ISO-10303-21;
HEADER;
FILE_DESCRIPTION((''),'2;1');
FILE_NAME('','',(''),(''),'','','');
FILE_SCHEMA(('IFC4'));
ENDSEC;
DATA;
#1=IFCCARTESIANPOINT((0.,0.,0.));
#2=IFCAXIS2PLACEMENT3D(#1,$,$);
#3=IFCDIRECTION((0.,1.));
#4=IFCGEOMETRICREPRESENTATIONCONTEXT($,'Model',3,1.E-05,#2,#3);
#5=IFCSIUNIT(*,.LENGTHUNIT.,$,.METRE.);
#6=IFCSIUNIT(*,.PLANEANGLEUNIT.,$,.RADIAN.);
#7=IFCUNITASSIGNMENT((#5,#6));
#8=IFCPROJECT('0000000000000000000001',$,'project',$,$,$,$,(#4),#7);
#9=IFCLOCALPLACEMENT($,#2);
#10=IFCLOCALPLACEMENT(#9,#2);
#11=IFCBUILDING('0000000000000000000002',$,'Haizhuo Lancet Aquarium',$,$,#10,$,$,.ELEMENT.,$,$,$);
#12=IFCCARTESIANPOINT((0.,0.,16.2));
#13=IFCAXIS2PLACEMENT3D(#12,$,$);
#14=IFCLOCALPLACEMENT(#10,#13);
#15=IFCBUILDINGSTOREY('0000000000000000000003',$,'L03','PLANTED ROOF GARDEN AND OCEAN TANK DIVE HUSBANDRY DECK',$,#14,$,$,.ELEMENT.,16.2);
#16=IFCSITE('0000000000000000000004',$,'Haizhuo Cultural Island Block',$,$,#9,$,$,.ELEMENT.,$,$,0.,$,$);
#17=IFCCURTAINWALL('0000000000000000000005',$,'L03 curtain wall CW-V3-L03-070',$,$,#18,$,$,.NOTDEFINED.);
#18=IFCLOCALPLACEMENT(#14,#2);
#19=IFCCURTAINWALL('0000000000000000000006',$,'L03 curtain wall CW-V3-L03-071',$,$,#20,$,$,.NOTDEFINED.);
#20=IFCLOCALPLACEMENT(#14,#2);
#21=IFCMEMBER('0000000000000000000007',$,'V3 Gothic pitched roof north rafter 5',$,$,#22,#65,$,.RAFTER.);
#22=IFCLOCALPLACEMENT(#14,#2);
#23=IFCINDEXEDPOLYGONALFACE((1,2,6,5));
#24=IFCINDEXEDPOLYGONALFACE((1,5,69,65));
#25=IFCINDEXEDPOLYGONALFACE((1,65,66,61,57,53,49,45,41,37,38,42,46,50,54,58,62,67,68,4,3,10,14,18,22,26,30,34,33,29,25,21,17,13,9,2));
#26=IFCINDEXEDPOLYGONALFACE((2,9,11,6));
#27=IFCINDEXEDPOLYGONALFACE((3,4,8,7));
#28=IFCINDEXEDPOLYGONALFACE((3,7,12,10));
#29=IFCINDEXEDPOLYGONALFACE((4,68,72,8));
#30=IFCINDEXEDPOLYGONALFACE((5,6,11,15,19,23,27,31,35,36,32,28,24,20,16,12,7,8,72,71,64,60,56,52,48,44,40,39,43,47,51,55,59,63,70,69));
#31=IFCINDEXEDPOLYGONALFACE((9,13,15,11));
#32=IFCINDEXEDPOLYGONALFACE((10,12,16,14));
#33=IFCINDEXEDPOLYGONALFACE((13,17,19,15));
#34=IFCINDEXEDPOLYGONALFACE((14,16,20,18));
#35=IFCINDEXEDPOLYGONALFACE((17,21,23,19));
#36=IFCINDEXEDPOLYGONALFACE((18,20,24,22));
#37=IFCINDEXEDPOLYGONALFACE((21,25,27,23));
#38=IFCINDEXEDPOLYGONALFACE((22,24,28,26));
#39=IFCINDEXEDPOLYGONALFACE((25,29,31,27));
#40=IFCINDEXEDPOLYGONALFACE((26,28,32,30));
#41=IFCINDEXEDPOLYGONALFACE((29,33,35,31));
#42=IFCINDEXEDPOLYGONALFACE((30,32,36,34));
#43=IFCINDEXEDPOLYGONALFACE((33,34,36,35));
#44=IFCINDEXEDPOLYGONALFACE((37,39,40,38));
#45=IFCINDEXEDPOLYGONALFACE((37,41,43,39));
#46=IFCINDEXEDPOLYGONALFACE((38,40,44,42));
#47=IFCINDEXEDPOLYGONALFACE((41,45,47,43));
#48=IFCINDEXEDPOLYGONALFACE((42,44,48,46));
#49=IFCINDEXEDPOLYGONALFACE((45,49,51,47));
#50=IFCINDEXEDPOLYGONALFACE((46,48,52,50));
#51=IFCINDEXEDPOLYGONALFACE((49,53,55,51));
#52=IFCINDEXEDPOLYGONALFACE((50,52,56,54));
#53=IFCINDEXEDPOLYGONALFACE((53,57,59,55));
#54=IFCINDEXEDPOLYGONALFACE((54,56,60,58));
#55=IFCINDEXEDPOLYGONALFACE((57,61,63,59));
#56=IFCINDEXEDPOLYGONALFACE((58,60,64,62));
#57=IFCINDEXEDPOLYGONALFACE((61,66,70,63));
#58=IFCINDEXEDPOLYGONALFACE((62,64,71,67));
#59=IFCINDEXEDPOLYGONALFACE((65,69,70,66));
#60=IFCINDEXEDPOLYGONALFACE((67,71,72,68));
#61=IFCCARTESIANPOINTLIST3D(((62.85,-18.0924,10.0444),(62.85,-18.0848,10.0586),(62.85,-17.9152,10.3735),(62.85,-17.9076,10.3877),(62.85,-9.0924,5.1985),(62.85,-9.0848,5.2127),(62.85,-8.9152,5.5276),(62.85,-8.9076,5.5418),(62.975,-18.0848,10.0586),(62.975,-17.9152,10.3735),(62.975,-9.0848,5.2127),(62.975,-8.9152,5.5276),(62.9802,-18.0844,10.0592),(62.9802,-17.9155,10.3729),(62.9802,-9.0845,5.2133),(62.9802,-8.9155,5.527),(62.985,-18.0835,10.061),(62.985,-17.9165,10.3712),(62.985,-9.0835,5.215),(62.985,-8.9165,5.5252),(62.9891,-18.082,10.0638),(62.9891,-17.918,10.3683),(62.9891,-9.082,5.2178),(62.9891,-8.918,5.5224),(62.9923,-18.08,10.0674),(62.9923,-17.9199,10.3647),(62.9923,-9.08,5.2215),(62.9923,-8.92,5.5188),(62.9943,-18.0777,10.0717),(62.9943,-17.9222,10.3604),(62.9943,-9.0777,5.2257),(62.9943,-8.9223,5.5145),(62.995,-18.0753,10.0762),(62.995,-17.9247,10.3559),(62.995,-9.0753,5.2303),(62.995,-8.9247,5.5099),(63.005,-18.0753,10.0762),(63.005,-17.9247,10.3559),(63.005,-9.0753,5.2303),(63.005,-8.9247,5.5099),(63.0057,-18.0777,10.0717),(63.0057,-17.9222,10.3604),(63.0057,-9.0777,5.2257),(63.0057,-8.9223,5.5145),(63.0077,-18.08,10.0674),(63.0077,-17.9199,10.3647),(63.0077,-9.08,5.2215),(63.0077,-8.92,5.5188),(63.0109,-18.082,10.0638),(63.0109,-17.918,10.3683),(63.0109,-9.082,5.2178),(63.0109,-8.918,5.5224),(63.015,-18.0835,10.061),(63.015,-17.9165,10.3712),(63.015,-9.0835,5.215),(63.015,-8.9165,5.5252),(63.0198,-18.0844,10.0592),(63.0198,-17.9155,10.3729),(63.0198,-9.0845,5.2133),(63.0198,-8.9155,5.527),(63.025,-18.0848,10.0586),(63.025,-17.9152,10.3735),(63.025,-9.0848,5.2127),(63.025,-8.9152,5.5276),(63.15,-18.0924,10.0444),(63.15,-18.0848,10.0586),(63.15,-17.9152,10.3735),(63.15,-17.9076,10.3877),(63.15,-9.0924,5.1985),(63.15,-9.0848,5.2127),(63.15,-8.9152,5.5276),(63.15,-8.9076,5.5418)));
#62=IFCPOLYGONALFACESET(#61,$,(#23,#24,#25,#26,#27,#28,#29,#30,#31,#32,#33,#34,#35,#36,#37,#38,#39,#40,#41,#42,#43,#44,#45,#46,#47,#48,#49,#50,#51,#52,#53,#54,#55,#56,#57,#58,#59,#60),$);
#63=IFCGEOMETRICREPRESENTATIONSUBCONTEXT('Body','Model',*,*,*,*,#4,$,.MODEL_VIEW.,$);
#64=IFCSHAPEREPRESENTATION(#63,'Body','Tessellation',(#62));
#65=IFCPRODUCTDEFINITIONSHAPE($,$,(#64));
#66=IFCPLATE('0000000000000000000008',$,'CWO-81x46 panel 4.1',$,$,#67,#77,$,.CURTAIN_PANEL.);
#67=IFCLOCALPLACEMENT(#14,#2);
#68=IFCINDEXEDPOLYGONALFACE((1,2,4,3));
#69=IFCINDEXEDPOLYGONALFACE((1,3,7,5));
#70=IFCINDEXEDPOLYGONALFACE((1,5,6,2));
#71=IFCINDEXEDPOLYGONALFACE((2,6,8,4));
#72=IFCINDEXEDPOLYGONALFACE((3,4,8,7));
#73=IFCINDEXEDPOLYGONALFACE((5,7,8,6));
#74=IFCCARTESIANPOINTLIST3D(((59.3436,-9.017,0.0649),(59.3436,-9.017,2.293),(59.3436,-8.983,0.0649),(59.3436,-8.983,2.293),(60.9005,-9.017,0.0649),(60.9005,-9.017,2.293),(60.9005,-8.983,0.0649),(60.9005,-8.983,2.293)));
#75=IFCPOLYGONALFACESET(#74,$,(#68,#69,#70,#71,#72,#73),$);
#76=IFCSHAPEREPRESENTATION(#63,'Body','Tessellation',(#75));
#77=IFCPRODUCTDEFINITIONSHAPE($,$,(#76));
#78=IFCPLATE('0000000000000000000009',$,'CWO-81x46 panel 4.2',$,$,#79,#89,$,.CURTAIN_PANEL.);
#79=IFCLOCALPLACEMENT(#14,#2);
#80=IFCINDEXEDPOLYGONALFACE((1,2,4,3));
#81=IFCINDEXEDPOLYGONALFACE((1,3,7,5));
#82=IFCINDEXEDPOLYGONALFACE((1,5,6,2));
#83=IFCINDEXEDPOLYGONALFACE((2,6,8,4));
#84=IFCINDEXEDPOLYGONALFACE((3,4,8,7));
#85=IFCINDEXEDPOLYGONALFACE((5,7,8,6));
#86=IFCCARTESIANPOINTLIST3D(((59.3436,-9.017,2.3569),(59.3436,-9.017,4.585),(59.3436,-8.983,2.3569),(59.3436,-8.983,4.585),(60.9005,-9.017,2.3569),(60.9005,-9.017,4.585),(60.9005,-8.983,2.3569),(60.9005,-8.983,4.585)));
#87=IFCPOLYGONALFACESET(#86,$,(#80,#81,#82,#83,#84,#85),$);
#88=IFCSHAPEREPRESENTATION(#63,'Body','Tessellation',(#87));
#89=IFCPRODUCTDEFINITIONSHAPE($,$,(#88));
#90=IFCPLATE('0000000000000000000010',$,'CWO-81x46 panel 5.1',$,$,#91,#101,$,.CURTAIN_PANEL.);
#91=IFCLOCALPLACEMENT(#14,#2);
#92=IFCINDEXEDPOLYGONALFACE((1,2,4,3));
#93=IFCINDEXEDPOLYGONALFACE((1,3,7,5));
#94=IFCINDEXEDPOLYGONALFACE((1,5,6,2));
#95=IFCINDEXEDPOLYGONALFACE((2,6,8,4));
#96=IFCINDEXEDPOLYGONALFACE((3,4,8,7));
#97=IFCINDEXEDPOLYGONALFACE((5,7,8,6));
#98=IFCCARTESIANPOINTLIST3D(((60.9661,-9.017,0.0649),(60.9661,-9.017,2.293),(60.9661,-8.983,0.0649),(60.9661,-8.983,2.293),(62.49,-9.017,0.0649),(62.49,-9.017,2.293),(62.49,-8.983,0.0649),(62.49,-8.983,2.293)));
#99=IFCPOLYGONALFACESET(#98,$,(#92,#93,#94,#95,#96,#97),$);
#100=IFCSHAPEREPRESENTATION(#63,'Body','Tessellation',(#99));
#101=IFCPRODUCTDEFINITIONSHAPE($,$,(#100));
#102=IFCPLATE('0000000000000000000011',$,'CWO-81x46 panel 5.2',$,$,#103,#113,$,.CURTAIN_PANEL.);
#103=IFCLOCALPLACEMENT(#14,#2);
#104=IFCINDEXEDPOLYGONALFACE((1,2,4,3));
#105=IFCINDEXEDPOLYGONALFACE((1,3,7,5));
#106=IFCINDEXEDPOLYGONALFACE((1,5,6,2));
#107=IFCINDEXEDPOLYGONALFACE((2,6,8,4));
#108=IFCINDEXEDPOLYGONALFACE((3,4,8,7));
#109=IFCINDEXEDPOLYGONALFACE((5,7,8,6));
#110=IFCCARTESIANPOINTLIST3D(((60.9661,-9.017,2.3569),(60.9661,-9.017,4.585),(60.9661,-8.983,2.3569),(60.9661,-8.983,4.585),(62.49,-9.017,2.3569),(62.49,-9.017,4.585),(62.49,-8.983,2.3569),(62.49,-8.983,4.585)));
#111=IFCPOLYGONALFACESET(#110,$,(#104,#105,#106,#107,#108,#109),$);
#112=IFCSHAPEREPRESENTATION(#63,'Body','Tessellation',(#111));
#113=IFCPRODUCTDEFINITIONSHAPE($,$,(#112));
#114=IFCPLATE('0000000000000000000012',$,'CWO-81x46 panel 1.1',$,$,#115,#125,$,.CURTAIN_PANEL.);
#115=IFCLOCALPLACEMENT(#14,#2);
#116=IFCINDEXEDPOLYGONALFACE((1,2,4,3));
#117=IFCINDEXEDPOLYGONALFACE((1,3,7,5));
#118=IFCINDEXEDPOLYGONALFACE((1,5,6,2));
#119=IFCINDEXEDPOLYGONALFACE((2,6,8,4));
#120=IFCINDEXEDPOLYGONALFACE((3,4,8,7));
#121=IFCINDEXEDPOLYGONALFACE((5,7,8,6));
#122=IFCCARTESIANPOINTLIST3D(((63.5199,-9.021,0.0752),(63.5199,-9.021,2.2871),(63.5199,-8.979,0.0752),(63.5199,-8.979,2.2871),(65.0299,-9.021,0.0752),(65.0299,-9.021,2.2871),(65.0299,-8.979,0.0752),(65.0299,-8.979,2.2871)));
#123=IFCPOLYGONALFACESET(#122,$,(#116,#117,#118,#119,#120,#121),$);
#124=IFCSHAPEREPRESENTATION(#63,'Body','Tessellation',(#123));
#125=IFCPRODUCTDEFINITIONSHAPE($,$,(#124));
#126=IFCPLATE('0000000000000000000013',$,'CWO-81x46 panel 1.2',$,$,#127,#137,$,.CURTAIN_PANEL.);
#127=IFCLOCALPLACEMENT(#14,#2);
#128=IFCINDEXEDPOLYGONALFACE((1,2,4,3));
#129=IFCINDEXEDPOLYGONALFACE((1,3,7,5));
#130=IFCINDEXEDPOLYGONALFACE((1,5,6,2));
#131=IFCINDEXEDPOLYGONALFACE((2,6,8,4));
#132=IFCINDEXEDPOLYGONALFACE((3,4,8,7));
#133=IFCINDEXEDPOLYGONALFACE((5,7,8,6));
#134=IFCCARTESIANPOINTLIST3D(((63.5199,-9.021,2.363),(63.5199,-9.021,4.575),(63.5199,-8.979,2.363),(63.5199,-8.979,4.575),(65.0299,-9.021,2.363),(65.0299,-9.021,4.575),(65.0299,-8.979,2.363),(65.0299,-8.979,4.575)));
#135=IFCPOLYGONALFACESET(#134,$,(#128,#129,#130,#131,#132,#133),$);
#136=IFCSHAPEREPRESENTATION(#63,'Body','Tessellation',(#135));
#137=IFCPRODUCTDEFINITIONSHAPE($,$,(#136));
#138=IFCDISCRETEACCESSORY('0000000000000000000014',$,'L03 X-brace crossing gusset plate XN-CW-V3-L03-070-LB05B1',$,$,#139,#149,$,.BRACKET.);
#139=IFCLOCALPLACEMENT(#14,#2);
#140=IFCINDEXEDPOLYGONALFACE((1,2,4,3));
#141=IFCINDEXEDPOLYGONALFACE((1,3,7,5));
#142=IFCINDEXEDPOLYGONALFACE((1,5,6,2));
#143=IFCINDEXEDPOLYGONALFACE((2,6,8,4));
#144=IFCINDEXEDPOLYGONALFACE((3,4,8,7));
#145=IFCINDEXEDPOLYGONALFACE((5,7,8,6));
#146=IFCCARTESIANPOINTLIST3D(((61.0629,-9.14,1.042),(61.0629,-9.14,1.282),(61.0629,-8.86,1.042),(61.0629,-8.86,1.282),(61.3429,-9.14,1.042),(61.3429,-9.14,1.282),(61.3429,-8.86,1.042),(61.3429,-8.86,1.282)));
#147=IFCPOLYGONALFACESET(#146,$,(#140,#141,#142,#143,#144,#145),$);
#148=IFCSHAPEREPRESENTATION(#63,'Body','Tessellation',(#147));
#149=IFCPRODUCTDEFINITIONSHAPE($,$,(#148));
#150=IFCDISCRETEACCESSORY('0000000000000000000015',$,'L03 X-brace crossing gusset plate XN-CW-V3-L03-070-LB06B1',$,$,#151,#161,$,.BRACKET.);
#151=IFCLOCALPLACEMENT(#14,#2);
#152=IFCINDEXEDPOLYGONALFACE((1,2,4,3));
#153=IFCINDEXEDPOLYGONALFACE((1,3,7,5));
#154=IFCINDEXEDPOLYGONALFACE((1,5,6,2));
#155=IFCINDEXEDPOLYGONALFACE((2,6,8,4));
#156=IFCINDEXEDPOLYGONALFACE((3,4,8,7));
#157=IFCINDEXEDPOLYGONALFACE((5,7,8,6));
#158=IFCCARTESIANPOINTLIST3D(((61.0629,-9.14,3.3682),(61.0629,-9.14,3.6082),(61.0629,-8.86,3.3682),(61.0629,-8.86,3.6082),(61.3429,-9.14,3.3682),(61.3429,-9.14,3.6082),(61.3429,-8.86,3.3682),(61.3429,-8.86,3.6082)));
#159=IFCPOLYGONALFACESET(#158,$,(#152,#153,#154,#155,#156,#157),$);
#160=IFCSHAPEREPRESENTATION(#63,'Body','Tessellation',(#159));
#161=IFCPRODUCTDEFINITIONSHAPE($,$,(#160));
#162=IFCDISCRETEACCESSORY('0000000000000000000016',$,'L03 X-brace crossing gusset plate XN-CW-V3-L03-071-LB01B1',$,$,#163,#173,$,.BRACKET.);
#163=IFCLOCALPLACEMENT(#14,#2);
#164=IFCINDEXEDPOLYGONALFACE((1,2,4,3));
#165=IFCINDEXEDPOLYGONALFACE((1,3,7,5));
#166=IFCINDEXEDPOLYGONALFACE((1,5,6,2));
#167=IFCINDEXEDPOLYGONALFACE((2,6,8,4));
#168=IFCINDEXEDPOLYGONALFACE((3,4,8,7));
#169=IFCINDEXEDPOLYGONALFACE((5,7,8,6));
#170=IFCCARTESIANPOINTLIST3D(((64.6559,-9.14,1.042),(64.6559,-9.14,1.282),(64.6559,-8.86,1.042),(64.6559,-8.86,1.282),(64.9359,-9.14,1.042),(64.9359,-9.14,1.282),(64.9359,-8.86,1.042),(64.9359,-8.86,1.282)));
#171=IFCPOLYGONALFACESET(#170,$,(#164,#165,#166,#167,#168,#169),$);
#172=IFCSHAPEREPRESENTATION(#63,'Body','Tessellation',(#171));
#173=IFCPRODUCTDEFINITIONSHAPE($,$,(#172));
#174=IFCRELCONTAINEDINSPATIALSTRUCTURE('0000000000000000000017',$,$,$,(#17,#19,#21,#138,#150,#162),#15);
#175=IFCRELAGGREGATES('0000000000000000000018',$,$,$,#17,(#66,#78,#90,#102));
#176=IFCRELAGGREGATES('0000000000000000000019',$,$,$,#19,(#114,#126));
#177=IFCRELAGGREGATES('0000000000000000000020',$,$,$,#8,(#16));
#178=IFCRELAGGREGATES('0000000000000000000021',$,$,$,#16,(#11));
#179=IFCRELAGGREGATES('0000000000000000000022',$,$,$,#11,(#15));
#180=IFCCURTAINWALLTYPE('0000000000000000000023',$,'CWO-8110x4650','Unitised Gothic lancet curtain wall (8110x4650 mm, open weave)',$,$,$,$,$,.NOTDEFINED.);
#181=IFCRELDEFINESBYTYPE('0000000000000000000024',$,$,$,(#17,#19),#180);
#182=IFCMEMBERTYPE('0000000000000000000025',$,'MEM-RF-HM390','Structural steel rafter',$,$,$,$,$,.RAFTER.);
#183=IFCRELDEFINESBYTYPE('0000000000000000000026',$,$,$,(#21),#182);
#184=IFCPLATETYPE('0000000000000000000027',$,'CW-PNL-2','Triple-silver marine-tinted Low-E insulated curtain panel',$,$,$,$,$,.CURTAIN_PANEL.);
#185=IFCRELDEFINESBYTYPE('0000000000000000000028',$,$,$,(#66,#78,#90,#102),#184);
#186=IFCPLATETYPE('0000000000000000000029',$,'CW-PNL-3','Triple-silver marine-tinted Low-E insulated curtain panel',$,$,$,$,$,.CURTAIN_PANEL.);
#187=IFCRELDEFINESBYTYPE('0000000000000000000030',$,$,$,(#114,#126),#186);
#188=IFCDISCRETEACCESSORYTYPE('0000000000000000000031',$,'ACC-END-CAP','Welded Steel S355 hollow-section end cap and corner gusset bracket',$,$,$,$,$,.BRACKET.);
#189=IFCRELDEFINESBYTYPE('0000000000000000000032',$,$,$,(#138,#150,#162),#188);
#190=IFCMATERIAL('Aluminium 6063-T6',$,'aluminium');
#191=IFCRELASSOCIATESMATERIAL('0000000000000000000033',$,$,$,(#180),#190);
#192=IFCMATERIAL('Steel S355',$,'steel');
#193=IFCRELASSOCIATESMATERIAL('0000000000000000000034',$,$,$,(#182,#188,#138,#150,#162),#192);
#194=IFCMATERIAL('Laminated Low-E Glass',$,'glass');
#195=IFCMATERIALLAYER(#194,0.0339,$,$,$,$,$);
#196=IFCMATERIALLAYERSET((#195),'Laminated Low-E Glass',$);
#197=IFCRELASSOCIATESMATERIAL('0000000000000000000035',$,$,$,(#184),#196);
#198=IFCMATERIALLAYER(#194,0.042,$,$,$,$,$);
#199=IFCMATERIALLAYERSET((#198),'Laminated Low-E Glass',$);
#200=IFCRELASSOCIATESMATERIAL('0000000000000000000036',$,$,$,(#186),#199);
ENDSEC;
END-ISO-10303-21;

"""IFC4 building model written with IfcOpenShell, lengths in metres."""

from ifc_helpers import new_model, si_unit, direction, frame, origin, origin_2d, place, context, subcontext, project, spatial, rectangle, i_section, extrude, material, layer, layer_set, material_profile, profile_set, type_object, element, aggregate, save


model = new_model("IFC4")

# Units and contexts
model_context = context("Model", 3, precision=1e-05, world=origin(), true_north=direction((0.0, 1.0)))
body_context = subcontext(model_context, "Body", "Model", "MODEL_VIEW")
ifc_project = project(units=[si_unit("LENGTHUNIT", "METRE"), si_unit("PLANEANGLEUNIT", "RADIAN")], contexts=[model_context])

# Site, building, storey
site_placement = place(None, origin())
site = spatial("IfcSite", under=ifc_project, at=site_placement, Name="Haizhuo Cultural Island Block", CompositionType="ELEMENT", RefElevation=0.0)
building_placement = place(site_placement, origin())
building = spatial("IfcBuilding", under=site, at=building_placement, Name="Haizhuo Lancet Aquarium", CompositionType="ELEMENT")
storey_placement = place(building_placement, frame((0.0, 0.0, 16.2)))
storey = spatial("IfcBuildingStorey", under=building, at=storey_placement, Name="L03", Description="PLANTED ROOF GARDEN AND OCEAN TANK DIVE HUSBANDRY DECK", CompositionType="ELEMENT", Elevation=16.2)

# Curtain wall
ifc_material_1 = material(Name="Aluminium 6063-T6", Category="aluminium")
curtain_wall_type = type_object("IfcCurtainWallType", Name="CWO-8110x4650", Description="Unitised Gothic lancet curtain wall (8110x4650 mm, open weave)", PredefinedType="NOTDEFINED", material=ifc_material_1)
curtain_wall_1_placement = place(storey_placement, origin())
curtain_wall_1 = element("IfcCurtainWall", 1, at=curtain_wall_1_placement, inside=storey, type_object=curtain_wall_type, Name="L03 curtain wall CW-V3-L03-070", PredefinedType="NOTDEFINED")

# Curtain wall
curtain_wall_2_placement = place(storey_placement, origin())
curtain_wall_2 = element("IfcCurtainWall", 2, at=curtain_wall_2_placement, inside=storey, type_object=curtain_wall_type, Name="L03 curtain wall CW-V3-L03-071", PredefinedType="NOTDEFINED")

# Member
ifc_material_2 = material(Name="Steel S355", Category="steel")
ifc_material_profile_1 = material_profile(ifc_material_2, i_section(OverallWidth=0.3, OverallDepth=0.3899, WebThickness=0.01, FlangeThickness=0.0161, FilletRadius=0.02, at=origin_2d()), Name="HM 390x300x10x16")
ifc_profile_set_1 = profile_set([ifc_material_profile_1], Name="Steel S355")
member_type_1 = type_object("IfcMemberType", Name="MEM-RF-HM390", Description="Structural steel rafter", PredefinedType="RAFTER", material=ifc_profile_set_1)
member_1_placement = place(storey_placement, frame((63.0, -9.0, 5.3701), z_axis=(0.0, -0.88048, 0.474084), x_axis=(1.0, 0.0, 0.0)))
element("IfcMember", 3, at=member_1_placement, inside=storey, type_object=member_type_1, Name="V3 Gothic pitched roof north rafter 5", PredefinedType="RAFTER", context=body_context, shape_type="SweptSolid", body=[
    extrude(i_section(OverallWidth=0.3, OverallDepth=0.3899, WebThickness=0.01, FlangeThickness=0.0161, FilletRadius=0.02, at=origin_2d()), origin(), (0.0, 0.0, 1.0), 10.2217),
])

# Plates
ifc_material_3 = material(Name="Laminated Low-E Glass", Category="glass")
ifc_layer_1 = layer(ifc_material_3, 0.0339)
ifc_layer_set_1 = layer_set([ifc_layer_1], Name="Laminated Low-E Glass")
plate_type_1 = type_object("IfcPlateType", Name="CW-PNL-2", Description="Triple-silver marine-tinted Low-E insulated curtain panel", PredefinedType="CURTAIN_PANEL", material=ifc_layer_set_1)
plate_1_placement = place(storey_placement, frame((60.1221, -9.0, 0.0649), z_axis=(0.0, 0.0, 1.0), x_axis=(1.0, 0.0, 0.0)))
plate_1 = element("IfcPlate", 4, at=plate_1_placement, type_object=plate_type_1, Name="CWO-81x46 panel 4.1", PredefinedType="CURTAIN_PANEL", context=body_context, shape_type="SweptSolid", body=[
    extrude(rectangle(XDim=1.5569, YDim=0.0339, at=origin_2d()), origin(), (0.0, 0.0, 1.0), 2.228),
])
plate_2_placement = place(storey_placement, frame((60.1221, -9.0, 2.3569), z_axis=(0.0, 0.0, 1.0), x_axis=(1.0, 0.0, 0.0)))
plate_2 = element("IfcPlate", 5, at=plate_2_placement, type_object=plate_type_1, Name="CWO-81x46 panel 4.2", PredefinedType="CURTAIN_PANEL", context=body_context, shape_type="SweptSolid", body=[
    extrude(rectangle(XDim=1.5569, YDim=0.0339, at=origin_2d()), origin(), (0.0, 0.0, 1.0), 2.228),
])
plate_3_placement = place(storey_placement, frame((61.728, -9.0, 0.0649), z_axis=(0.0, 0.0, 1.0), x_axis=(1.0, 0.0, 0.0)))
plate_3 = element("IfcPlate", 6, at=plate_3_placement, type_object=plate_type_1, Name="CWO-81x46 panel 5.1", PredefinedType="CURTAIN_PANEL", context=body_context, shape_type="SweptSolid", body=[
    extrude(rectangle(XDim=1.5239, YDim=0.0339, at=origin_2d()), origin(), (0.0, 0.0, 1.0), 2.228),
])
plate_4_placement = place(storey_placement, frame((61.728, -9.0, 2.3569), z_axis=(0.0, 0.0, 1.0), x_axis=(1.0, 0.0, 0.0)))
plate_4 = element("IfcPlate", 7, at=plate_4_placement, type_object=plate_type_1, Name="CWO-81x46 panel 5.2", PredefinedType="CURTAIN_PANEL", context=body_context, shape_type="SweptSolid", body=[
    extrude(rectangle(XDim=1.5239, YDim=0.0339, at=origin_2d()), origin(), (0.0, 0.0, 1.0), 2.228),
])
aggregate(curtain_wall_1, [plate_1, plate_2, plate_3, plate_4])
ifc_layer_2 = layer(ifc_material_3, 0.042)
ifc_layer_set_2 = layer_set([ifc_layer_2], Name="Laminated Low-E Glass")
plate_type_2 = type_object("IfcPlateType", Name="CW-PNL-3", Description="Triple-silver marine-tinted Low-E insulated curtain panel", PredefinedType="CURTAIN_PANEL", material=ifc_layer_set_2)
plate_5_placement = place(storey_placement, frame((64.2749, -9.0, 0.0752), z_axis=(0.0, 0.0, 1.0), x_axis=(1.0, 0.0, 0.0)))
plate_5 = element("IfcPlate", 8, at=plate_5_placement, type_object=plate_type_2, Name="CWO-81x46 panel 1.1", PredefinedType="CURTAIN_PANEL", context=body_context, shape_type="SweptSolid", body=[
    extrude(rectangle(XDim=1.51, YDim=0.042, at=origin_2d()), origin(), (0.0, 0.0, 1.0), 2.2119),
])
plate_6_placement = place(storey_placement, frame((64.2749, -9.0, 2.363), z_axis=(0.0, 0.0, 1.0), x_axis=(1.0, 0.0, 0.0)))
plate_6 = element("IfcPlate", 9, at=plate_6_placement, type_object=plate_type_2, Name="CWO-81x46 panel 1.2", PredefinedType="CURTAIN_PANEL", context=body_context, shape_type="SweptSolid", body=[
    extrude(rectangle(XDim=1.51, YDim=0.042, at=origin_2d()), origin(), (0.0, 0.0, 1.0), 2.2119),
])
aggregate(curtain_wall_2, [plate_5, plate_6])

# Discrete accessories
discrete_accessory_type = type_object("IfcDiscreteAccessoryType", Name="ACC-END-CAP", Description="Welded Steel S355 hollow-section end cap and corner gusset bracket", PredefinedType="BRACKET", material=ifc_material_2)
for number, where, z_axis, x_axis, name in (
    (10, (61.2029, -9.0, 1.042), (0.0, 0.0, 1.0), (1.0, 0.0, 0.0), "L03 X-brace crossing gusset plate XN-CW-V3-L03-070-LB05B1"),
    (11, (61.2029, -9.0, 3.3682), (0.0, 0.0, 1.0), (1.0, 0.0, 0.0), "L03 X-brace crossing gusset plate XN-CW-V3-L03-070-LB06B1"),
    (12, (64.7959, -9.0, 1.042), (0.0, 0.0, 1.0), (1.0, 0.0, 0.0), "L03 X-brace crossing gusset plate XN-CW-V3-L03-071-LB01B1"),
):
    element("IfcDiscreteAccessory", number, at=place(storey_placement, frame(where, z_axis=z_axis, x_axis=x_axis)), inside=storey, type_object=discrete_accessory_type, material=ifc_material_2, Name=name, PredefinedType="BRACKET", context=body_context, shape_type="SweptSolid", body=[
        extrude(rectangle(XDim=0.28, YDim=0.28, at=origin_2d()), origin(), (0.0, 0.0, 1.0), 0.24),
    ])

save(model, "model.ifc")
